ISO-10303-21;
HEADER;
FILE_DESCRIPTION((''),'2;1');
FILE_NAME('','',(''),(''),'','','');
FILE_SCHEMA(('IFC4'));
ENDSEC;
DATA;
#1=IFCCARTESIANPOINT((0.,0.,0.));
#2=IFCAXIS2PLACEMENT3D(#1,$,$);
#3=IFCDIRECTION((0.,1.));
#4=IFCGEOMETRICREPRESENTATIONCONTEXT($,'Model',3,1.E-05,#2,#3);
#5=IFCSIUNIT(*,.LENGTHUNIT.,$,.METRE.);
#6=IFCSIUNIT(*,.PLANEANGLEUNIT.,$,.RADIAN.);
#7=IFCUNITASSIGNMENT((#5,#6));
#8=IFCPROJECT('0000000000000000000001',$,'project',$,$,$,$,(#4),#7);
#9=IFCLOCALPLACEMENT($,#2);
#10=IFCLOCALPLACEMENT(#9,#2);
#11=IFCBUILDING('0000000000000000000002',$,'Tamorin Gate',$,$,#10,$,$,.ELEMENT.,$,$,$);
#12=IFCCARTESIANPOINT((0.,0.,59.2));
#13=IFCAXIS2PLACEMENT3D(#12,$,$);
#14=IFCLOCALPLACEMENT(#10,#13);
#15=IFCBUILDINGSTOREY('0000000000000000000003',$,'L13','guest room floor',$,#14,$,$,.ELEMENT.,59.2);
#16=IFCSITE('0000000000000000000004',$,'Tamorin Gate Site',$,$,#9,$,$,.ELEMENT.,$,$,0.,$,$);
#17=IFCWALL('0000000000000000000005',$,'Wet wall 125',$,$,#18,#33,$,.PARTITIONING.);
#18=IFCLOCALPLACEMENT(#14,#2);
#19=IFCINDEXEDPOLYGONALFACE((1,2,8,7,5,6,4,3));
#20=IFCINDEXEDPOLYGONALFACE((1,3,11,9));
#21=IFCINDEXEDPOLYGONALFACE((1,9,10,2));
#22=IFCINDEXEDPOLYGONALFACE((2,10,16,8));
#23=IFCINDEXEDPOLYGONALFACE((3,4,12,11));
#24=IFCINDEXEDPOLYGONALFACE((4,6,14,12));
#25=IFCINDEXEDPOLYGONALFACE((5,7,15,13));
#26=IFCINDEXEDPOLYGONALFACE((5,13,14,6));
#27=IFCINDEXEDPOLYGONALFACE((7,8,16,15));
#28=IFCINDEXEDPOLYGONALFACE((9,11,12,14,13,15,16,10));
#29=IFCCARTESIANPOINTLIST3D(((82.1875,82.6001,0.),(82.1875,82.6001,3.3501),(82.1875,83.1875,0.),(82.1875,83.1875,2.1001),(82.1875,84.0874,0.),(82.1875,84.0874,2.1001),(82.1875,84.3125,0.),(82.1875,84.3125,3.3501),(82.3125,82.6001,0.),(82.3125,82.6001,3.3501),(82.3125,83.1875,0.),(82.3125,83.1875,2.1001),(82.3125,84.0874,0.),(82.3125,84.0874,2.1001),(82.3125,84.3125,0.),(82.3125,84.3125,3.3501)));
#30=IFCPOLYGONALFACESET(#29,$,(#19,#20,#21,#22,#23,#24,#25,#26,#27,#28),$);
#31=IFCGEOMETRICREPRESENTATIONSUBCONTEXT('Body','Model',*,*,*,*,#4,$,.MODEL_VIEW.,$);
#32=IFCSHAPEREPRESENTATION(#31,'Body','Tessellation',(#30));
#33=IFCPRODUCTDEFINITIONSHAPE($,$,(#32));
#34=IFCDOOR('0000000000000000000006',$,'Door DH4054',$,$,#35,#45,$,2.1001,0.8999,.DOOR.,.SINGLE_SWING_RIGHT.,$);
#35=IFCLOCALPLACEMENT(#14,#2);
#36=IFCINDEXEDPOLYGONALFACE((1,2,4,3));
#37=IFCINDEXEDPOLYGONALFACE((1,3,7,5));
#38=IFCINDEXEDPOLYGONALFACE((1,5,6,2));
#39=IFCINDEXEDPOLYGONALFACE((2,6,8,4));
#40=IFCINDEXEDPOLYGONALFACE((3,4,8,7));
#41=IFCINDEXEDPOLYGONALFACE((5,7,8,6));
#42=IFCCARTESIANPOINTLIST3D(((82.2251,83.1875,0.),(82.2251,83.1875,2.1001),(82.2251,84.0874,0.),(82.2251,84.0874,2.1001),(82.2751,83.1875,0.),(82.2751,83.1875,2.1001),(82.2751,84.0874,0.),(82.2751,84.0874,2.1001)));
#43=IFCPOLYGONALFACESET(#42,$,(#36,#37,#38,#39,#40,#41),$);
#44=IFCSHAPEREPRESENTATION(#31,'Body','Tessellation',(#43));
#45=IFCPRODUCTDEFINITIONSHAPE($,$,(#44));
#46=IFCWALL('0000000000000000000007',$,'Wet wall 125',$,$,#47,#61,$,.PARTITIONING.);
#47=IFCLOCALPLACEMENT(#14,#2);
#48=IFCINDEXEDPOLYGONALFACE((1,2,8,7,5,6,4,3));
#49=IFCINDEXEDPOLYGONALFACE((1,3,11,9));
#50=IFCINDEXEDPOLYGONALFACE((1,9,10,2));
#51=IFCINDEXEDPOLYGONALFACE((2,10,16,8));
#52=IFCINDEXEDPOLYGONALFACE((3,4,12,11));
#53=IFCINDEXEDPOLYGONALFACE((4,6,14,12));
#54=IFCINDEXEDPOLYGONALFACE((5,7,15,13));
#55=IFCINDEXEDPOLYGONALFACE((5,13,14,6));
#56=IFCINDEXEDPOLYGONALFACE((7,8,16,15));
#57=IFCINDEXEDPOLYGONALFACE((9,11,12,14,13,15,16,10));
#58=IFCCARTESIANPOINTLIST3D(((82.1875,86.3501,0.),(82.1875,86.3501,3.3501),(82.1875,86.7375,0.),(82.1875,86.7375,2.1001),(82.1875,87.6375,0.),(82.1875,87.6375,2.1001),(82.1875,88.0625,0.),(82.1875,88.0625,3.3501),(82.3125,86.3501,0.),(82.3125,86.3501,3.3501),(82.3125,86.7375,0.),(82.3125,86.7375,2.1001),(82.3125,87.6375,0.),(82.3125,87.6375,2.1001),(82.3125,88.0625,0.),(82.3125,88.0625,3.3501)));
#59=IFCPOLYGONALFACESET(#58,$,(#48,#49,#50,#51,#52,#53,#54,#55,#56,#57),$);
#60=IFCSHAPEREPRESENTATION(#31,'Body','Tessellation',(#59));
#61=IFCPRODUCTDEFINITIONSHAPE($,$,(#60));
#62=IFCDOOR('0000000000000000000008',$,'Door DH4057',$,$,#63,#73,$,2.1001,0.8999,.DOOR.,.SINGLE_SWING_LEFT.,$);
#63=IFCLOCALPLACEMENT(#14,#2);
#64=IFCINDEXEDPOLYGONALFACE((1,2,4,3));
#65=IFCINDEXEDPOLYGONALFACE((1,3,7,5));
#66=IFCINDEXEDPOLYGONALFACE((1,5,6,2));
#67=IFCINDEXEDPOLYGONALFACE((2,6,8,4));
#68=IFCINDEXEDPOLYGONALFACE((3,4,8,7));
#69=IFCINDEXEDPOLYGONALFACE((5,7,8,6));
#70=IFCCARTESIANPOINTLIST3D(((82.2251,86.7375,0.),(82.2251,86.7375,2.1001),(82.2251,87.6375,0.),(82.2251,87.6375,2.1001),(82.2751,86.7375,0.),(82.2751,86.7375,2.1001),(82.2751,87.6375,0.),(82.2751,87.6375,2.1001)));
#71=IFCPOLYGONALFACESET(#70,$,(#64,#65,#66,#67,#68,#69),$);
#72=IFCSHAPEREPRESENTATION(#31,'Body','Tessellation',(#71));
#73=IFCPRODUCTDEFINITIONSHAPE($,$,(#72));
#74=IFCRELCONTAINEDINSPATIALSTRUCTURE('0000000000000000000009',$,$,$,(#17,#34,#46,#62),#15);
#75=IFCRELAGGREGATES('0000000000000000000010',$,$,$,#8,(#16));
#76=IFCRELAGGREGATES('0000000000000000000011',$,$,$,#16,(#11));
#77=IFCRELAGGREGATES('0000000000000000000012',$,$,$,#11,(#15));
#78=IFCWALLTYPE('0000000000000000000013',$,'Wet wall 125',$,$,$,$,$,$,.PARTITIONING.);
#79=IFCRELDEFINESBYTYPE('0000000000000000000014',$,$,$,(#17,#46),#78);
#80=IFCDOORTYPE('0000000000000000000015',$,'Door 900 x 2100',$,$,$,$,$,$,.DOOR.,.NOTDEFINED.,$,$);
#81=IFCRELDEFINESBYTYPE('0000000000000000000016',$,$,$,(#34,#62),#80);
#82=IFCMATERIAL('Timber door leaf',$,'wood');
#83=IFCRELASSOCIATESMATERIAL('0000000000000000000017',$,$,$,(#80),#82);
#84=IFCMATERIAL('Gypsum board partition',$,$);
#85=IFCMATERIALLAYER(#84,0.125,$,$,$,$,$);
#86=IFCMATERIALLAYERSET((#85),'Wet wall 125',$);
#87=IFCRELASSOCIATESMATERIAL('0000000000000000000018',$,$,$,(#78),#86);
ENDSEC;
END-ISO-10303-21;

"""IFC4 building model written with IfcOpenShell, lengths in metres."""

from ifc_helpers import new_model, si_unit, direction, frame, frame_2d, origin, place, context, subcontext, project, spatial, rectangle, extrude, material, layer, layer_set, type_object, element, fill, save


model = new_model("IFC4")

# Units and contexts
model_context = context("Model", 3, precision=1e-05, world=origin(), true_north=direction((0.0, 1.0)))
body_context = subcontext(model_context, "Body", "Model", "MODEL_VIEW")
ifc_project = project(units=[si_unit("LENGTHUNIT", "METRE"), si_unit("PLANEANGLEUNIT", "RADIAN")], contexts=[model_context])

# Site, building, storey
site_placement = place(None, origin())
site = spatial("IfcSite", under=ifc_project, at=site_placement, Name="Tamorin Gate Site", CompositionType="ELEMENT", RefElevation=0.0)
building_placement = place(site_placement, origin())
building = spatial("IfcBuilding", under=site, at=building_placement, Name="Tamorin Gate", CompositionType="ELEMENT")
storey_placement = place(building_placement, frame((0.0, 0.0, 59.2)))
storey = spatial("IfcBuildingStorey", under=building, at=storey_placement, Name="L13", Description="guest room floor", CompositionType="ELEMENT", Elevation=59.2)

# Walls, openings, doors
ifc_material_1 = material(Name="Gypsum board partition")
ifc_material_2 = material(Name="Timber door leaf", Category="wood")
door_type = type_object("IfcDoorType", Name="Door 900 x 2100", OperationType="NOTDEFINED", PredefinedType="DOOR", material=ifc_material_2)
ifc_layer_1 = layer(ifc_material_1, 0.125)
ifc_layer_set_1 = layer_set([ifc_layer_1], Name="Wet wall 125")
wall_type_1 = type_object("IfcWallType", Name="Wet wall 125", PredefinedType="PARTITIONING", material=ifc_layer_set_1)
wall_1_placement = place(storey_placement, frame((82.25, 82.6001, 0.0), z_axis=(0.0, 0.0, 1.0), x_axis=(0.0, 1.0, 0.0)))
wall_1 = element("IfcWall", 1, at=wall_1_placement, inside=storey, type_object=wall_type_1, Name="Wet wall 125", PredefinedType="PARTITIONING", context=body_context, shape_type="SweptSolid", body=[
    extrude(rectangle(XDim=1.7124, YDim=0.125, at=frame_2d((0.8562, 0.0))), origin(), (0.0, 0.0, 1.0), 3.3501),
])
opening_1_placement = place(wall_1_placement, frame((0.5874, 0.0, 0.0)))
opening_1 = element("IfcOpeningElement", 2, at=opening_1_placement, cuts=wall_1, PredefinedType="OPENING", context=body_context, shape_type="SweptSolid", body=[
    extrude(rectangle(XDim=0.8999, YDim=2.1001, at=frame_2d((0.45, 1.05))), frame((0.0, 0.0725, 0.0), z_axis=(0.0, -1.0, 0.0), x_axis=(1.0, 0.0, 0.0)), (0.0, 0.0, 1.0), 0.145),
])
door_1_placement = place(opening_1_placement, origin())
door_1 = element("IfcDoor", 3, at=door_1_placement, inside=storey, type_object=door_type, Name="Door DH4054", OperationType="SINGLE_SWING_RIGHT", OverallHeight=2.1001, OverallWidth=0.8999, PredefinedType="DOOR", context=body_context, shape_type="SweptSolid", body=[
    extrude(rectangle(XDim=0.8999, YDim=2.1001, at=frame_2d((0.45, 1.05))), frame((0.0, 0.0249, 0.0), z_axis=(0.0, -1.0, 0.0), x_axis=(1.0, 0.0, 0.0)), (0.0, 0.0, 1.0), 0.05),
])
fill(opening_1, door_1)
wall_2_placement = place(storey_placement, frame((82.25, 86.3501, 0.0), z_axis=(0.0, 0.0, 1.0), x_axis=(0.0, 1.0, 0.0)))
wall_2 = element("IfcWall", 4, at=wall_2_placement, inside=storey, type_object=wall_type_1, Name="Wet wall 125", PredefinedType="PARTITIONING", context=body_context, shape_type="SweptSolid", body=[
    extrude(rectangle(XDim=1.7124, YDim=0.125, at=frame_2d((0.8562, 0.0))), origin(), (0.0, 0.0, 1.0), 3.3501),
])
opening_2_placement = place(wall_2_placement, frame((0.3875, 0.0, 0.0)))
opening_2 = element("IfcOpeningElement", 5, at=opening_2_placement, cuts=wall_2, PredefinedType="OPENING", context=body_context, shape_type="SweptSolid", body=[
    extrude(rectangle(XDim=0.8999, YDim=2.1001, at=frame_2d((0.45, 1.05))), frame((0.0, 0.0725, 0.0), z_axis=(0.0, -1.0, 0.0), x_axis=(1.0, 0.0, 0.0)), (0.0, 0.0, 1.0), 0.145),
])
door_2_placement = place(opening_2_placement, origin())
door_2 = element("IfcDoor", 6, at=door_2_placement, inside=storey, type_object=door_type, Name="Door DH4057", OperationType="SINGLE_SWING_LEFT", OverallHeight=2.1001, OverallWidth=0.8999, PredefinedType="DOOR", context=body_context, shape_type="SweptSolid", body=[
    extrude(rectangle(XDim=0.8999, YDim=2.1001, at=frame_2d((0.45, 1.05))), frame((0.0, 0.0249, 0.0), z_axis=(0.0, -1.0, 0.0), x_axis=(1.0, 0.0, 0.0)), (0.0, 0.0, 1.0), 0.05),
])
fill(opening_2, door_2)

save(model, "model.ifc")
